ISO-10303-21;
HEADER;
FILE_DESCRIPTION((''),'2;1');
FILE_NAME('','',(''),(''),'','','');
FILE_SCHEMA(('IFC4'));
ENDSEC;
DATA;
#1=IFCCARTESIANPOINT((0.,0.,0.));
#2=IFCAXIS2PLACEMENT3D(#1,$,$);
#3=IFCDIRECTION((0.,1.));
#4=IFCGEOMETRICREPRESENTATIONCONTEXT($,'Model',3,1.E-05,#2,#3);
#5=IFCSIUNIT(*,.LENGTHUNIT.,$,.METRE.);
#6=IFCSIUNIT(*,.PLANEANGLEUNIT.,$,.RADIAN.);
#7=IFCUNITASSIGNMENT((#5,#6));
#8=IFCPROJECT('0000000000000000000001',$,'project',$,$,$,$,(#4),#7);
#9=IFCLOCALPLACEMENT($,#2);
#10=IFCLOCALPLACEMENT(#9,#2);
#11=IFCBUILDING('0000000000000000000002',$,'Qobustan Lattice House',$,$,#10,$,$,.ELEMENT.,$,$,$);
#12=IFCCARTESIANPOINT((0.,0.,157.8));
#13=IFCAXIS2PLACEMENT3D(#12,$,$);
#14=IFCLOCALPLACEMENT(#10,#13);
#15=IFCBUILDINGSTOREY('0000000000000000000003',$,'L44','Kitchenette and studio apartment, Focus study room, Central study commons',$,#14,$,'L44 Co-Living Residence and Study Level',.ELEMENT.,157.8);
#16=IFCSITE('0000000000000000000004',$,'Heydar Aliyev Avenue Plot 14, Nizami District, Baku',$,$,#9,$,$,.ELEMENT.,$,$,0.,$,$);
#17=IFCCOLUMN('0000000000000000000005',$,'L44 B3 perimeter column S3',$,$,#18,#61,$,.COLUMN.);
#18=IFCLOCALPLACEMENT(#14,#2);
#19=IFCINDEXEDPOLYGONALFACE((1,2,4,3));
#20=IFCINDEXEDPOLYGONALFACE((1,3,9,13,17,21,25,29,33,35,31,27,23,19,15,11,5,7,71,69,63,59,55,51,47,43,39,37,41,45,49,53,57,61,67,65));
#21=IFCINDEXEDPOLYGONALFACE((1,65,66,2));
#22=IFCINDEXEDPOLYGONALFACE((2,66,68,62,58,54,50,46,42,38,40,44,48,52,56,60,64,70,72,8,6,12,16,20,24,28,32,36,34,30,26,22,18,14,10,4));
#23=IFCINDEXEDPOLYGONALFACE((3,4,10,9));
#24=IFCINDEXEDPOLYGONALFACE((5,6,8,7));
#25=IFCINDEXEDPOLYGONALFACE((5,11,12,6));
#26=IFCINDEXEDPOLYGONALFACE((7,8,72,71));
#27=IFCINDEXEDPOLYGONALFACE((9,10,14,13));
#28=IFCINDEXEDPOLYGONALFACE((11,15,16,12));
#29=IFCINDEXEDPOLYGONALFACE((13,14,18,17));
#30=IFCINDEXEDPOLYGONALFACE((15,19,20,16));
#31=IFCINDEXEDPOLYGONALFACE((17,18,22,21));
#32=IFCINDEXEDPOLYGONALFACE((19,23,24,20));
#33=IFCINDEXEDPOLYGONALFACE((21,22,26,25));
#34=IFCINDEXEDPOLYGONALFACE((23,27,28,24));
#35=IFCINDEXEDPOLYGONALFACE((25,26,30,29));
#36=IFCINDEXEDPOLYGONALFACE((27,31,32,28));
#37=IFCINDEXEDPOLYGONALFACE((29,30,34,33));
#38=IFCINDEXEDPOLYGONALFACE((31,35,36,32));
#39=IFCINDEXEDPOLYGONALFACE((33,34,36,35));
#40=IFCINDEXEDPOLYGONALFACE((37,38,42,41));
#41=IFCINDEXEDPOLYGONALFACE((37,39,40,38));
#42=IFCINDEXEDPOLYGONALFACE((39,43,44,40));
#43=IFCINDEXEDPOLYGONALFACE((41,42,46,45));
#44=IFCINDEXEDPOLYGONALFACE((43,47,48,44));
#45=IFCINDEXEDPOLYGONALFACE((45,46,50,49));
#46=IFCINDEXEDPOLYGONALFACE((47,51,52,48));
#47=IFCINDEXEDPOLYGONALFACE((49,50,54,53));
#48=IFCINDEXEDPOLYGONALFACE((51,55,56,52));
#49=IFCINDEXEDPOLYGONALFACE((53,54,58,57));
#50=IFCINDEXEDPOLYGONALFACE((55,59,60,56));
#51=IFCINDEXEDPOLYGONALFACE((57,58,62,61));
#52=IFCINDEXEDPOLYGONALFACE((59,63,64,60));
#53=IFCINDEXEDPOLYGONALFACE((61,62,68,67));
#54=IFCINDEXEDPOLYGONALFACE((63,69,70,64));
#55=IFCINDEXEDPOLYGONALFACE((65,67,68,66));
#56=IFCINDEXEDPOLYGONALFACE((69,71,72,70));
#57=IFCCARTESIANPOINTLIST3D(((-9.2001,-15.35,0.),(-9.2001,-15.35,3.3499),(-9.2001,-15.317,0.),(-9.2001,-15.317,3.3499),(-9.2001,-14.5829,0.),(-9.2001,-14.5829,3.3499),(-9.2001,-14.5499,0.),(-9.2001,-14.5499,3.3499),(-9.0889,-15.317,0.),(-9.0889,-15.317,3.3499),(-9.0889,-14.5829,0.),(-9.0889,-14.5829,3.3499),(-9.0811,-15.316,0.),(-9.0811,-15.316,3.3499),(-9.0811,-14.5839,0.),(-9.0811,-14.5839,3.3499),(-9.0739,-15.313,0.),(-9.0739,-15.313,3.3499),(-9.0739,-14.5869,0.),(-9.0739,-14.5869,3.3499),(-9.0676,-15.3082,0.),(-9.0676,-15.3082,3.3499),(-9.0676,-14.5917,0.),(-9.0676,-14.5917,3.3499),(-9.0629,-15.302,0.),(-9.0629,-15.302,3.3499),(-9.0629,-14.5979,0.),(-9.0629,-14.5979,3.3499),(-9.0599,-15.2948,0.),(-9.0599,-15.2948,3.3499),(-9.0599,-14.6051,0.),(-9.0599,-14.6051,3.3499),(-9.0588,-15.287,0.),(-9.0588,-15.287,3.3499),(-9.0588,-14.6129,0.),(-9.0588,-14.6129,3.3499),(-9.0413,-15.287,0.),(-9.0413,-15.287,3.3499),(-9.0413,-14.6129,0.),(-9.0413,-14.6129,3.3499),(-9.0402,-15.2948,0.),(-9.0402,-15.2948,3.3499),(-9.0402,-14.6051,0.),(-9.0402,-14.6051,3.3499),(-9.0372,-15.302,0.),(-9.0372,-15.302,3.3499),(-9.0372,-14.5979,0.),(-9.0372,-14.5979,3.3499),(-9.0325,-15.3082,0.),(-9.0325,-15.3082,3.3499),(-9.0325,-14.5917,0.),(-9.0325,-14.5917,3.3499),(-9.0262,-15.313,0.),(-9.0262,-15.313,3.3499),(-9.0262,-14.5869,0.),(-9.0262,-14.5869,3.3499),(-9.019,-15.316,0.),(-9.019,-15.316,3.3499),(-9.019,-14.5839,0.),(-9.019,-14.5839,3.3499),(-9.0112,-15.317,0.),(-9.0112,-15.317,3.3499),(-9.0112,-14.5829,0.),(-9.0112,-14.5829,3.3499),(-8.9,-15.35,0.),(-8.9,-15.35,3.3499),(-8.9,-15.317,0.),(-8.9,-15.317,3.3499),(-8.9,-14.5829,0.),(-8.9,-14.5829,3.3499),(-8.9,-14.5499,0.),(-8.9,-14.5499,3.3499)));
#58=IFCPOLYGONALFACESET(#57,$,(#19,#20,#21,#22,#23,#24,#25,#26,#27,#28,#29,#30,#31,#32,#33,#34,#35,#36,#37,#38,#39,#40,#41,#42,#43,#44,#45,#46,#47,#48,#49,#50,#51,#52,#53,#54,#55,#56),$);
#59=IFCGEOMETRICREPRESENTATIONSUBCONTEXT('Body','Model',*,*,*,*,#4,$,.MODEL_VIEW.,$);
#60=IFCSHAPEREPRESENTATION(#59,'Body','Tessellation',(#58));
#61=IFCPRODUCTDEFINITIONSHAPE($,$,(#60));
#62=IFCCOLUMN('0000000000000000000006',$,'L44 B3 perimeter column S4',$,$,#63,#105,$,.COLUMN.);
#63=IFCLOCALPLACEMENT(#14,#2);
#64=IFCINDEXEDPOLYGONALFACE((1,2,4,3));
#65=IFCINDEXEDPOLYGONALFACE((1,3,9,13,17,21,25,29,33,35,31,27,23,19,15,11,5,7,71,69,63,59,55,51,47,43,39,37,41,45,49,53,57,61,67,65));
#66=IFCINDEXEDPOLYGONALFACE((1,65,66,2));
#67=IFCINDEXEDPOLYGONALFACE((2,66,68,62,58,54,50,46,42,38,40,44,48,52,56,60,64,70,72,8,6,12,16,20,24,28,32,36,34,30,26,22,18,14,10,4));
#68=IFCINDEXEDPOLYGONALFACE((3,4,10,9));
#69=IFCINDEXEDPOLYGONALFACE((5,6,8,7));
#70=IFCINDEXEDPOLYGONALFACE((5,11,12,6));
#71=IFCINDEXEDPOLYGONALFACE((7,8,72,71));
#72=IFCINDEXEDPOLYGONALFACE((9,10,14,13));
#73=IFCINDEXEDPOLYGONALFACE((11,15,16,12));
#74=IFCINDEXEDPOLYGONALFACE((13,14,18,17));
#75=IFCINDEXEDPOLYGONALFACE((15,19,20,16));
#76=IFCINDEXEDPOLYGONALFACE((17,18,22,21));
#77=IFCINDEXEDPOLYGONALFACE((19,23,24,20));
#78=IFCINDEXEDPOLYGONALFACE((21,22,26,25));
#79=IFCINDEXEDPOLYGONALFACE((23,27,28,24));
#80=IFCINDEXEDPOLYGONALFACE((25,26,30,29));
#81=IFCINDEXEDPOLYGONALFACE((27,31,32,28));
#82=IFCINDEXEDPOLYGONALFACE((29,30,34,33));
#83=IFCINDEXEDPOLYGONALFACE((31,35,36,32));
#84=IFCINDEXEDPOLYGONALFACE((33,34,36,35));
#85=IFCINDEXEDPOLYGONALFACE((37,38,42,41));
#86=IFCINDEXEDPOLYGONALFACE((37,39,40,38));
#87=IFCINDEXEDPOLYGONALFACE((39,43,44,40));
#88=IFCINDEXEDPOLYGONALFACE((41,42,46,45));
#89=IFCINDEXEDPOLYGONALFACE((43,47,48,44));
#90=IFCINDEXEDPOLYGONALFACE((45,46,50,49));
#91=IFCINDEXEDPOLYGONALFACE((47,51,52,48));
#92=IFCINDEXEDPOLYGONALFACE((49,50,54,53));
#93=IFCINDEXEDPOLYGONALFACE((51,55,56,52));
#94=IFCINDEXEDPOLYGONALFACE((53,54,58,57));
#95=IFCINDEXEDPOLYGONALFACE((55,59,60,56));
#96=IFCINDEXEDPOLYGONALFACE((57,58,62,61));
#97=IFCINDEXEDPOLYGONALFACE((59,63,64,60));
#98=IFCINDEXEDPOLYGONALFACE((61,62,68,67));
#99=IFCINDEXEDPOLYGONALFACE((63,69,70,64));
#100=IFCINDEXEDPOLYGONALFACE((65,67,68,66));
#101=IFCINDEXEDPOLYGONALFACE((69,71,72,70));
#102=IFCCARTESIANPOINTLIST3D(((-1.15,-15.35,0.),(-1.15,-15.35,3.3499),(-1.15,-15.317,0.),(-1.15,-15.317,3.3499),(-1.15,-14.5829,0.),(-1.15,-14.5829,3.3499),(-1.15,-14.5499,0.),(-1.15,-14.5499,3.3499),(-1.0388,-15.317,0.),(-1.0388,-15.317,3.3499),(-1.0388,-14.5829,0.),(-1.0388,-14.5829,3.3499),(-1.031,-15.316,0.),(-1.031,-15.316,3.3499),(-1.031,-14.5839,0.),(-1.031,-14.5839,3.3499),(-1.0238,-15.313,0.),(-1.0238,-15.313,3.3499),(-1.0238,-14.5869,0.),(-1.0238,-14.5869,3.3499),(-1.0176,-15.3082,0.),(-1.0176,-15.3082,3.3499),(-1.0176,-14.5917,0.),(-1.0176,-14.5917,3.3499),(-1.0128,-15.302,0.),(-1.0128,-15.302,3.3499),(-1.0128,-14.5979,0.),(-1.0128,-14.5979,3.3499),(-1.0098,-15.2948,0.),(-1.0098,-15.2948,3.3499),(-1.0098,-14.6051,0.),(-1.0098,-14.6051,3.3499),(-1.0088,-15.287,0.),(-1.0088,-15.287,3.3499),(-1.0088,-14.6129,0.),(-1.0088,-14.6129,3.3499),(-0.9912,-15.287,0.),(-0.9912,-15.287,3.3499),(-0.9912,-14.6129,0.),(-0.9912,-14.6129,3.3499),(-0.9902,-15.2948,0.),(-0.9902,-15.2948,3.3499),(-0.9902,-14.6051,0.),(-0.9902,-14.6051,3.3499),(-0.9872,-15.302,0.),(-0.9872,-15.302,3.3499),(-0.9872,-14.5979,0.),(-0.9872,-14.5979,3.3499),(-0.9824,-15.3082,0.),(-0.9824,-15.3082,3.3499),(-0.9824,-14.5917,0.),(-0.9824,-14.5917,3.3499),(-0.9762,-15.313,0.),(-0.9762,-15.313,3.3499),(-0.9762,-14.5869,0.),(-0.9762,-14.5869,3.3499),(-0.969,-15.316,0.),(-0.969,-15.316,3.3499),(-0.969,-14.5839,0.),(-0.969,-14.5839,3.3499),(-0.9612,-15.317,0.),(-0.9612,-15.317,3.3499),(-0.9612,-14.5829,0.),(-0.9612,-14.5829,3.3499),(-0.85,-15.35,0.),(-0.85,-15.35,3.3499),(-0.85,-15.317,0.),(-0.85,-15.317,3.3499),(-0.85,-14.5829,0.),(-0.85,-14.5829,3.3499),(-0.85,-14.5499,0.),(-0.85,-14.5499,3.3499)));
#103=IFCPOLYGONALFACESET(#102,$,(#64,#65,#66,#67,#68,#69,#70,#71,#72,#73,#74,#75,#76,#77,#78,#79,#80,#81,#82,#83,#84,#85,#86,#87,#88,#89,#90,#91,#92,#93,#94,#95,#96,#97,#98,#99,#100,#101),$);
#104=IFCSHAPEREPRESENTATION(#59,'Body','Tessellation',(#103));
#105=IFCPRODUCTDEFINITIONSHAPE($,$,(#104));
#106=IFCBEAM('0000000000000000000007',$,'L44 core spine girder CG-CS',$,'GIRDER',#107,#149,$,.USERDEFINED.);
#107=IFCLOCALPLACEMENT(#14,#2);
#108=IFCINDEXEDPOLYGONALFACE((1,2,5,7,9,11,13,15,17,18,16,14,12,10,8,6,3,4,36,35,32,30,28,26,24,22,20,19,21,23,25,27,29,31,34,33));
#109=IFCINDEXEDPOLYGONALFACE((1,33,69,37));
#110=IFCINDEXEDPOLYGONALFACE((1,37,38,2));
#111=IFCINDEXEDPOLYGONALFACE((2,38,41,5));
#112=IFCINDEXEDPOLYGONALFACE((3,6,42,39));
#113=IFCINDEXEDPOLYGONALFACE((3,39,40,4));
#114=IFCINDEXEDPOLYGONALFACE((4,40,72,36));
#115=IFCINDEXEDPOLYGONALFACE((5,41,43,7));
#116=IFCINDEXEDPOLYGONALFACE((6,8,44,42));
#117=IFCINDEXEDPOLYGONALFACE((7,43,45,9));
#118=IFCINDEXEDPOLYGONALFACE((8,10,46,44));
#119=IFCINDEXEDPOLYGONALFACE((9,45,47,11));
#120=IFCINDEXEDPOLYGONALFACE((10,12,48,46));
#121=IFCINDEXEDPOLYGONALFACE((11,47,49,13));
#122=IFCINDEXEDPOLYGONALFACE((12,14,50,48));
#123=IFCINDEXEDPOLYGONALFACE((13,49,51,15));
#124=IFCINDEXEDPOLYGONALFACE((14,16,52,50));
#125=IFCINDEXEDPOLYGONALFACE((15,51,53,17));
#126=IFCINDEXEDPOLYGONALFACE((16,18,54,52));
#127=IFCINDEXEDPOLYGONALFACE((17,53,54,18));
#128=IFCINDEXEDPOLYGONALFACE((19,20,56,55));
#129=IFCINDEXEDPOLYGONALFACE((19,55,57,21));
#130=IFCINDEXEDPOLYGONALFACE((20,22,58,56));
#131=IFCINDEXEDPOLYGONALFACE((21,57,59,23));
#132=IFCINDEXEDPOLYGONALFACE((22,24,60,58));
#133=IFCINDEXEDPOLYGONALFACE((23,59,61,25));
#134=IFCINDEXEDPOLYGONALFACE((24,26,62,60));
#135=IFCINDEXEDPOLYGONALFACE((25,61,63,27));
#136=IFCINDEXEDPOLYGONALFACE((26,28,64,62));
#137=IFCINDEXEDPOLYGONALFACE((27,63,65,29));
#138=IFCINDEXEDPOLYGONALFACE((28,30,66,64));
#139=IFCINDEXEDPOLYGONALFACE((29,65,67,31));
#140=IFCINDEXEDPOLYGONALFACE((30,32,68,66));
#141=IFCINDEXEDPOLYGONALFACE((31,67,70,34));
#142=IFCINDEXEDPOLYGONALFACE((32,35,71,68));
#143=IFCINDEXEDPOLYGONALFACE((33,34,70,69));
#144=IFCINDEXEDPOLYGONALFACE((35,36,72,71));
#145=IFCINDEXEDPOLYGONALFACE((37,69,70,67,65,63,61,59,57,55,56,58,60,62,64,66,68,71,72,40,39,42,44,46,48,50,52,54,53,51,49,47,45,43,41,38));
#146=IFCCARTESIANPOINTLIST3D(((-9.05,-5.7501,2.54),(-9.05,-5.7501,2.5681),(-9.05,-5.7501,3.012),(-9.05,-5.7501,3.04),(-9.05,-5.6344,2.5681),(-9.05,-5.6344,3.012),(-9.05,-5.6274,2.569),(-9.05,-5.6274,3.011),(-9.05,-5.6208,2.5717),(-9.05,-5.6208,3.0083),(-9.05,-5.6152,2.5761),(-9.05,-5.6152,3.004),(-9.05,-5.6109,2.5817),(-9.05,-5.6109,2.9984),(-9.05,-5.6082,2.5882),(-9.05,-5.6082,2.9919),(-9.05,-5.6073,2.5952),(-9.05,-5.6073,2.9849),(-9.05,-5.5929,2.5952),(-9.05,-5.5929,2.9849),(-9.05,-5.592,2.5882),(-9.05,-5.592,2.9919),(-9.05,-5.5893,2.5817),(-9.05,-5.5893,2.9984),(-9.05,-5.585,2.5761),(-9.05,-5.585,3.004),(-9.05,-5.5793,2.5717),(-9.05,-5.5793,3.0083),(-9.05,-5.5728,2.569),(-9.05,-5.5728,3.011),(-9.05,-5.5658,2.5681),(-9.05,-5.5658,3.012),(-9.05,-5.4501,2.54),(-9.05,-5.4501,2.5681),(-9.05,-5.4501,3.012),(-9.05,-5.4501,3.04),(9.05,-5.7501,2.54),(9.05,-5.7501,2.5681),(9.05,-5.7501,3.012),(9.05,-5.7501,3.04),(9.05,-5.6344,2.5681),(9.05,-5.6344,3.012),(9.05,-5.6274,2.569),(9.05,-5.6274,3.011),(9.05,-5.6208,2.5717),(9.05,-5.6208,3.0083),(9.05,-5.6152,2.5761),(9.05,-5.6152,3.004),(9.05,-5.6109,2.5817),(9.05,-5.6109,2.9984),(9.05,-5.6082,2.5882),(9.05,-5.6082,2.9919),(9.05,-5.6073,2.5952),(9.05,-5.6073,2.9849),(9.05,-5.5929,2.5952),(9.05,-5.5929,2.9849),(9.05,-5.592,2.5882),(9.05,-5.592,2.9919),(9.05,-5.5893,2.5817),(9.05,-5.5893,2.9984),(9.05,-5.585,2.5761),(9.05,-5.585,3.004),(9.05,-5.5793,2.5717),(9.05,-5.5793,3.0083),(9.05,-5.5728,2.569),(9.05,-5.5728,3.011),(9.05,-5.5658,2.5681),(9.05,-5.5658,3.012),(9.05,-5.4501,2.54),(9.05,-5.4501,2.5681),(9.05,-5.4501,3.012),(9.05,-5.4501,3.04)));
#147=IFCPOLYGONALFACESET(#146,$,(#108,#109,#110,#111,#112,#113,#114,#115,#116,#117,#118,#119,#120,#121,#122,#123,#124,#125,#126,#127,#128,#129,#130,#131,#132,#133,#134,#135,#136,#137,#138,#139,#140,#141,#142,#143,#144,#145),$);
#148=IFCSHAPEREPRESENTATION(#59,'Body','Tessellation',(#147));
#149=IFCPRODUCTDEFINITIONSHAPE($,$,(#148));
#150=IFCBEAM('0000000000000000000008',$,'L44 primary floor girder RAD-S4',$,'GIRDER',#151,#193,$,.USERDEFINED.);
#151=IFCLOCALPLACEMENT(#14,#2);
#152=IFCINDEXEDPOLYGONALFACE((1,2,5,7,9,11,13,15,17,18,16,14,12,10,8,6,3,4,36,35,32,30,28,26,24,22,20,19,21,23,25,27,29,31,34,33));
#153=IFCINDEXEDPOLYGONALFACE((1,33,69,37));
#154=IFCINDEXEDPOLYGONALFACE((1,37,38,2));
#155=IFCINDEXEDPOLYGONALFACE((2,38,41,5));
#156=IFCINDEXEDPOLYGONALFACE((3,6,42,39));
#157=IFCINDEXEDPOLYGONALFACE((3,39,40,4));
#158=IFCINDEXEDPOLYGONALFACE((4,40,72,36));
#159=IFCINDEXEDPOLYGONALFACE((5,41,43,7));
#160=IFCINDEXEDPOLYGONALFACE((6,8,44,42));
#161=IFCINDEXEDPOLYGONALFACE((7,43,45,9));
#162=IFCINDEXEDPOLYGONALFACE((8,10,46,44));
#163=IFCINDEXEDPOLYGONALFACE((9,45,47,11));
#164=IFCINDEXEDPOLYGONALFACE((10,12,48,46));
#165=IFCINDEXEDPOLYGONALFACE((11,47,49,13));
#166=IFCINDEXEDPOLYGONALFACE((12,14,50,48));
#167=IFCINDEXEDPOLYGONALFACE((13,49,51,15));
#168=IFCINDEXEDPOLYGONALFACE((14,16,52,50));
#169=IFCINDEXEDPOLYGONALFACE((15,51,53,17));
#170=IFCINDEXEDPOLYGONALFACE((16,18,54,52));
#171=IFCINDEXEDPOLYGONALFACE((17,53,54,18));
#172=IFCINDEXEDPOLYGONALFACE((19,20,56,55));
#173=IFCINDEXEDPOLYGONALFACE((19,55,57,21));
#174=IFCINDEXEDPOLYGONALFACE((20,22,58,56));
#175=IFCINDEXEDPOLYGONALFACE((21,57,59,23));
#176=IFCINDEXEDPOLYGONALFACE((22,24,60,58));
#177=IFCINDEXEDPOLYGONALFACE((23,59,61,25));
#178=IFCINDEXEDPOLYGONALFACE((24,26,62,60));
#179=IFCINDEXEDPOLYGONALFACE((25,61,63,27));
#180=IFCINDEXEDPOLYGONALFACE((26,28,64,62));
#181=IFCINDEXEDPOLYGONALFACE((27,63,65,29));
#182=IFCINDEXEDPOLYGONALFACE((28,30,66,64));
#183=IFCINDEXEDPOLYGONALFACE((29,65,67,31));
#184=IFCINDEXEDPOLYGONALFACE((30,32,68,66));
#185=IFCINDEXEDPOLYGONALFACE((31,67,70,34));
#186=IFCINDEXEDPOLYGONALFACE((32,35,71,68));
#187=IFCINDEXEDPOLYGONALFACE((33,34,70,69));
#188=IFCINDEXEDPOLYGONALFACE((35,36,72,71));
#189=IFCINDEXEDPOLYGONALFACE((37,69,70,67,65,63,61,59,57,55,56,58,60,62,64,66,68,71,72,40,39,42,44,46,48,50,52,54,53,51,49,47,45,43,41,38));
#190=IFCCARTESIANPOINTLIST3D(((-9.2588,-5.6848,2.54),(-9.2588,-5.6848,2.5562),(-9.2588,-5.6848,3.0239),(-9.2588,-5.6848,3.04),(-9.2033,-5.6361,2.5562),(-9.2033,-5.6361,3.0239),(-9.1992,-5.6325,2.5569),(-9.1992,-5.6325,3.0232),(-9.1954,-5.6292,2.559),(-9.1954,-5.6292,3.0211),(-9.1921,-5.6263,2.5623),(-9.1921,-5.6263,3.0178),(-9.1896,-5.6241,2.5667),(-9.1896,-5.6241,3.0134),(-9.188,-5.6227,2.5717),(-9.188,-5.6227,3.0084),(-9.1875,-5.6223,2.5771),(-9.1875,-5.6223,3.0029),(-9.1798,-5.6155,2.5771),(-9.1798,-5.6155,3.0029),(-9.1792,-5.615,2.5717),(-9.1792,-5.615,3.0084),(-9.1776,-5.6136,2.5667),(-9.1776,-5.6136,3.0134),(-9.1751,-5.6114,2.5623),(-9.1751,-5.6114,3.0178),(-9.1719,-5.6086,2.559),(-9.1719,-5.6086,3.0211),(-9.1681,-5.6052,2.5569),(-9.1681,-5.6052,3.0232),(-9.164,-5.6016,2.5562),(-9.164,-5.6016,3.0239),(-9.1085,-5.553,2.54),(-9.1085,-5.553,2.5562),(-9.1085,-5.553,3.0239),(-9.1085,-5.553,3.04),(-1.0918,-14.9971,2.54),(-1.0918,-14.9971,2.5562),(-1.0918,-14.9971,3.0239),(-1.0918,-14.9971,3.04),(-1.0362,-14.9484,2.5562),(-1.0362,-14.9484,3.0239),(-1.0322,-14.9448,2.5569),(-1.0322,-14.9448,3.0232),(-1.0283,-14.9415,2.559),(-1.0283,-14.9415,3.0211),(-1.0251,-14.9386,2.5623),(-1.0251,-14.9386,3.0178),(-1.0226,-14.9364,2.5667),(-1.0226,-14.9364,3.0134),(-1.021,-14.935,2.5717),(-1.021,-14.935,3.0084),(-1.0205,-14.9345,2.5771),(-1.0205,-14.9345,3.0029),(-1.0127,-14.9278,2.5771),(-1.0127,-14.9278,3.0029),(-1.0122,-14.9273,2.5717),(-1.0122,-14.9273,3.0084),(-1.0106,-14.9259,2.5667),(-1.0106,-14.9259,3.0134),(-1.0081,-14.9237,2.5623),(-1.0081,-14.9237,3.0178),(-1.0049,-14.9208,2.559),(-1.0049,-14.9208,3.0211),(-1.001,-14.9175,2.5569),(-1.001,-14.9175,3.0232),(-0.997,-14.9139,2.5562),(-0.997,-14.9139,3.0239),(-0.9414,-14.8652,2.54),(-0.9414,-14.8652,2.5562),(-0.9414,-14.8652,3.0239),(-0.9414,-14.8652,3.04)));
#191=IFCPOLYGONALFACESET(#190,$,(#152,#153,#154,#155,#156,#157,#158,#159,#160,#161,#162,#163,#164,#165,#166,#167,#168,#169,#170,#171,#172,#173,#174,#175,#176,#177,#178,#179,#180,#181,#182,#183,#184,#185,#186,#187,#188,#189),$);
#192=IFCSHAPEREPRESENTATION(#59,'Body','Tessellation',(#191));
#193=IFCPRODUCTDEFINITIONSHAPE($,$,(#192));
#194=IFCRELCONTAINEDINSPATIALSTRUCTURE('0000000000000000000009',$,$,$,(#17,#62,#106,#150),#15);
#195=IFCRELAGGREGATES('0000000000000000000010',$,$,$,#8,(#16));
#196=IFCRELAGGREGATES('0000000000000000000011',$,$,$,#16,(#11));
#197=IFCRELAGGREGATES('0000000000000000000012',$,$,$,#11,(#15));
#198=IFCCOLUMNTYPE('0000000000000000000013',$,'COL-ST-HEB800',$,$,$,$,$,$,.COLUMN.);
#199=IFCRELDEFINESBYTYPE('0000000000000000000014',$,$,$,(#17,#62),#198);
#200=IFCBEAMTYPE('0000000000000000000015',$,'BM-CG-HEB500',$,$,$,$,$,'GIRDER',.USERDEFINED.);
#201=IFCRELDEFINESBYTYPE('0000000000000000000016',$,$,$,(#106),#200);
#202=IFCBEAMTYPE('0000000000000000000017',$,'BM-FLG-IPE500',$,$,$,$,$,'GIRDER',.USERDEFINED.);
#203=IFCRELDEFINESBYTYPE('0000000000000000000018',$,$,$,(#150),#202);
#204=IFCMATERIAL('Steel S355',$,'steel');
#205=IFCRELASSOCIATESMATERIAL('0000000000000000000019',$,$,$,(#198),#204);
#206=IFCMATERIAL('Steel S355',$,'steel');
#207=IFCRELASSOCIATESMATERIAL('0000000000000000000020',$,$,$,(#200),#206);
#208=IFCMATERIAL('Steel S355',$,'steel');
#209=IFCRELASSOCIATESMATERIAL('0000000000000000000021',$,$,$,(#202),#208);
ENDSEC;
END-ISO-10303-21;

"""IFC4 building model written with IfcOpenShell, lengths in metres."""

from ifc_helpers import new_model, si_unit, direction, frame, origin, origin_2d, place, context, subcontext, project, spatial, i_section, extrude, material, material_profile, profile_set, type_object, element, save


model = new_model("IFC4")

# Units and contexts
model_context = context("Model", 3, precision=1e-05, world=origin(), true_north=direction((0.0, 1.0)))
body_context = subcontext(model_context, "Body", "Model", "MODEL_VIEW")
ifc_project = project(units=[si_unit("LENGTHUNIT", "METRE"), si_unit("PLANEANGLEUNIT", "RADIAN")], contexts=[model_context])

# Site, building, storey
site_placement = place(None, origin())
site = spatial("IfcSite", under=ifc_project, at=site_placement, Name="Heydar Aliyev Avenue Plot 14, Nizami District, Baku", CompositionType="ELEMENT", RefElevation=0.0)
building_placement = place(site_placement, origin())
building = spatial("IfcBuilding", under=site, at=building_placement, Name="Qobustan Lattice House", CompositionType="ELEMENT")
storey_placement = place(building_placement, frame((0.0, 0.0, 157.8)))
storey = spatial("IfcBuildingStorey", under=building, at=storey_placement, Name="L44", Description="Kitchenette and studio apartment, Focus study room, Central study commons", LongName="L44 Co-Living Residence and Study Level", CompositionType="ELEMENT", Elevation=157.8)

# Columns
ifc_material_1 = material(Name="Steel S355", Category="steel")
ifc_material_profile_1 = material_profile(ifc_material_1, i_section(OverallWidth=0.3, OverallDepth=0.8, WebThickness=0.0176, FlangeThickness=0.033, FilletRadius=0.03, at=origin_2d()), Name="HEB800")
ifc_profile_set_1 = profile_set([ifc_material_profile_1], Name="Steel S355")
column_type = type_object("IfcColumnType", Name="COL-ST-HEB800", PredefinedType="COLUMN", material=ifc_profile_set_1)
for number, where, z_axis, x_axis, name in (
    (1, (-9.05, -14.95, 0.0), (0.0, 0.0, 1.0), (1.0, 0.0, 0.0), "L44 B3 perimeter column S3"),
    (2, (-1.0, -14.95, 0.0), (0.0, 0.0, 1.0), (1.0, 0.0, 0.0), "L44 B3 perimeter column S4"),
):
    element("IfcColumn", number, at=place(storey_placement, frame(where, z_axis=z_axis, x_axis=x_axis)), inside=storey, type_object=column_type, Name=name, PredefinedType="COLUMN", context=body_context, shape_type="SweptSolid", body=[
        extrude(i_section(OverallWidth=0.3, OverallDepth=0.8, WebThickness=0.0176, FlangeThickness=0.033, FilletRadius=0.03, at=origin_2d()), origin(), (0.0, 0.0, 1.0), 3.3499),
    ])

# Beams
ifc_material_2 = material(Name="Steel S355", Category="steel")
ifc_material_profile_2 = material_profile(ifc_material_2, i_section(OverallWidth=0.3, OverallDepth=0.5, WebThickness=0.0144, FlangeThickness=0.0281, FilletRadius=0.0271, at=origin_2d()), Name="HEB500")
ifc_profile_set_2 = profile_set([ifc_material_profile_2], Name="Steel S355")
beam_type_1 = type_object("IfcBeamType", Name="BM-CG-HEB500", ElementType="GIRDER", PredefinedType="USERDEFINED", material=ifc_profile_set_2)
beam_1_placement = place(storey_placement, frame((-9.05, -5.6001, 2.79), z_axis=(1.0, 0.0, 0.0), x_axis=(0.0, 1.0, 0.0)))
element("IfcBeam", 3, at=beam_1_placement, inside=storey, type_object=beam_type_1, Name="L44 core spine girder CG-CS", ObjectType="GIRDER", PredefinedType="USERDEFINED", context=body_context, shape_type="SweptSolid", body=[
    extrude(i_section(OverallWidth=0.3, OverallDepth=0.5, WebThickness=0.0144, FlangeThickness=0.0281, FilletRadius=0.0271, at=origin_2d()), origin(), (0.0, 0.0, 1.0), 18.1001),
])
ifc_material_3 = material(Name="Steel S355", Category="steel")
ifc_material_profile_3 = material_profile(ifc_material_3, i_section(OverallWidth=0.2, OverallDepth=0.5, WebThickness=0.0103, FlangeThickness=0.0161, FilletRadius=0.021, at=origin_2d()), Name="IPE500")
ifc_profile_set_3 = profile_set([ifc_material_profile_3], Name="Steel S355")
beam_type_2 = type_object("IfcBeamType", Name="BM-FLG-IPE500", ElementType="GIRDER", PredefinedType="USERDEFINED", material=ifc_profile_set_3)
beam_2_placement = place(storey_placement, frame((-1.0166, -14.9312, 2.79), z_axis=(-0.659362, 0.751825, 0.0), x_axis=(-0.751825, -0.659362, 0.0)))
element("IfcBeam", 4, at=beam_2_placement, inside=storey, type_object=beam_type_2, Name="L44 primary floor girder RAD-S4", ObjectType="GIRDER", PredefinedType="USERDEFINED", context=body_context, shape_type="SweptSolid", body=[
    extrude(i_section(OverallWidth=0.2, OverallDepth=0.5, WebThickness=0.0103, FlangeThickness=0.0161, FilletRadius=0.021, at=origin_2d()), origin(), (0.0, 0.0, 1.0), 12.3862),
])

save(model, "model.ifc")
